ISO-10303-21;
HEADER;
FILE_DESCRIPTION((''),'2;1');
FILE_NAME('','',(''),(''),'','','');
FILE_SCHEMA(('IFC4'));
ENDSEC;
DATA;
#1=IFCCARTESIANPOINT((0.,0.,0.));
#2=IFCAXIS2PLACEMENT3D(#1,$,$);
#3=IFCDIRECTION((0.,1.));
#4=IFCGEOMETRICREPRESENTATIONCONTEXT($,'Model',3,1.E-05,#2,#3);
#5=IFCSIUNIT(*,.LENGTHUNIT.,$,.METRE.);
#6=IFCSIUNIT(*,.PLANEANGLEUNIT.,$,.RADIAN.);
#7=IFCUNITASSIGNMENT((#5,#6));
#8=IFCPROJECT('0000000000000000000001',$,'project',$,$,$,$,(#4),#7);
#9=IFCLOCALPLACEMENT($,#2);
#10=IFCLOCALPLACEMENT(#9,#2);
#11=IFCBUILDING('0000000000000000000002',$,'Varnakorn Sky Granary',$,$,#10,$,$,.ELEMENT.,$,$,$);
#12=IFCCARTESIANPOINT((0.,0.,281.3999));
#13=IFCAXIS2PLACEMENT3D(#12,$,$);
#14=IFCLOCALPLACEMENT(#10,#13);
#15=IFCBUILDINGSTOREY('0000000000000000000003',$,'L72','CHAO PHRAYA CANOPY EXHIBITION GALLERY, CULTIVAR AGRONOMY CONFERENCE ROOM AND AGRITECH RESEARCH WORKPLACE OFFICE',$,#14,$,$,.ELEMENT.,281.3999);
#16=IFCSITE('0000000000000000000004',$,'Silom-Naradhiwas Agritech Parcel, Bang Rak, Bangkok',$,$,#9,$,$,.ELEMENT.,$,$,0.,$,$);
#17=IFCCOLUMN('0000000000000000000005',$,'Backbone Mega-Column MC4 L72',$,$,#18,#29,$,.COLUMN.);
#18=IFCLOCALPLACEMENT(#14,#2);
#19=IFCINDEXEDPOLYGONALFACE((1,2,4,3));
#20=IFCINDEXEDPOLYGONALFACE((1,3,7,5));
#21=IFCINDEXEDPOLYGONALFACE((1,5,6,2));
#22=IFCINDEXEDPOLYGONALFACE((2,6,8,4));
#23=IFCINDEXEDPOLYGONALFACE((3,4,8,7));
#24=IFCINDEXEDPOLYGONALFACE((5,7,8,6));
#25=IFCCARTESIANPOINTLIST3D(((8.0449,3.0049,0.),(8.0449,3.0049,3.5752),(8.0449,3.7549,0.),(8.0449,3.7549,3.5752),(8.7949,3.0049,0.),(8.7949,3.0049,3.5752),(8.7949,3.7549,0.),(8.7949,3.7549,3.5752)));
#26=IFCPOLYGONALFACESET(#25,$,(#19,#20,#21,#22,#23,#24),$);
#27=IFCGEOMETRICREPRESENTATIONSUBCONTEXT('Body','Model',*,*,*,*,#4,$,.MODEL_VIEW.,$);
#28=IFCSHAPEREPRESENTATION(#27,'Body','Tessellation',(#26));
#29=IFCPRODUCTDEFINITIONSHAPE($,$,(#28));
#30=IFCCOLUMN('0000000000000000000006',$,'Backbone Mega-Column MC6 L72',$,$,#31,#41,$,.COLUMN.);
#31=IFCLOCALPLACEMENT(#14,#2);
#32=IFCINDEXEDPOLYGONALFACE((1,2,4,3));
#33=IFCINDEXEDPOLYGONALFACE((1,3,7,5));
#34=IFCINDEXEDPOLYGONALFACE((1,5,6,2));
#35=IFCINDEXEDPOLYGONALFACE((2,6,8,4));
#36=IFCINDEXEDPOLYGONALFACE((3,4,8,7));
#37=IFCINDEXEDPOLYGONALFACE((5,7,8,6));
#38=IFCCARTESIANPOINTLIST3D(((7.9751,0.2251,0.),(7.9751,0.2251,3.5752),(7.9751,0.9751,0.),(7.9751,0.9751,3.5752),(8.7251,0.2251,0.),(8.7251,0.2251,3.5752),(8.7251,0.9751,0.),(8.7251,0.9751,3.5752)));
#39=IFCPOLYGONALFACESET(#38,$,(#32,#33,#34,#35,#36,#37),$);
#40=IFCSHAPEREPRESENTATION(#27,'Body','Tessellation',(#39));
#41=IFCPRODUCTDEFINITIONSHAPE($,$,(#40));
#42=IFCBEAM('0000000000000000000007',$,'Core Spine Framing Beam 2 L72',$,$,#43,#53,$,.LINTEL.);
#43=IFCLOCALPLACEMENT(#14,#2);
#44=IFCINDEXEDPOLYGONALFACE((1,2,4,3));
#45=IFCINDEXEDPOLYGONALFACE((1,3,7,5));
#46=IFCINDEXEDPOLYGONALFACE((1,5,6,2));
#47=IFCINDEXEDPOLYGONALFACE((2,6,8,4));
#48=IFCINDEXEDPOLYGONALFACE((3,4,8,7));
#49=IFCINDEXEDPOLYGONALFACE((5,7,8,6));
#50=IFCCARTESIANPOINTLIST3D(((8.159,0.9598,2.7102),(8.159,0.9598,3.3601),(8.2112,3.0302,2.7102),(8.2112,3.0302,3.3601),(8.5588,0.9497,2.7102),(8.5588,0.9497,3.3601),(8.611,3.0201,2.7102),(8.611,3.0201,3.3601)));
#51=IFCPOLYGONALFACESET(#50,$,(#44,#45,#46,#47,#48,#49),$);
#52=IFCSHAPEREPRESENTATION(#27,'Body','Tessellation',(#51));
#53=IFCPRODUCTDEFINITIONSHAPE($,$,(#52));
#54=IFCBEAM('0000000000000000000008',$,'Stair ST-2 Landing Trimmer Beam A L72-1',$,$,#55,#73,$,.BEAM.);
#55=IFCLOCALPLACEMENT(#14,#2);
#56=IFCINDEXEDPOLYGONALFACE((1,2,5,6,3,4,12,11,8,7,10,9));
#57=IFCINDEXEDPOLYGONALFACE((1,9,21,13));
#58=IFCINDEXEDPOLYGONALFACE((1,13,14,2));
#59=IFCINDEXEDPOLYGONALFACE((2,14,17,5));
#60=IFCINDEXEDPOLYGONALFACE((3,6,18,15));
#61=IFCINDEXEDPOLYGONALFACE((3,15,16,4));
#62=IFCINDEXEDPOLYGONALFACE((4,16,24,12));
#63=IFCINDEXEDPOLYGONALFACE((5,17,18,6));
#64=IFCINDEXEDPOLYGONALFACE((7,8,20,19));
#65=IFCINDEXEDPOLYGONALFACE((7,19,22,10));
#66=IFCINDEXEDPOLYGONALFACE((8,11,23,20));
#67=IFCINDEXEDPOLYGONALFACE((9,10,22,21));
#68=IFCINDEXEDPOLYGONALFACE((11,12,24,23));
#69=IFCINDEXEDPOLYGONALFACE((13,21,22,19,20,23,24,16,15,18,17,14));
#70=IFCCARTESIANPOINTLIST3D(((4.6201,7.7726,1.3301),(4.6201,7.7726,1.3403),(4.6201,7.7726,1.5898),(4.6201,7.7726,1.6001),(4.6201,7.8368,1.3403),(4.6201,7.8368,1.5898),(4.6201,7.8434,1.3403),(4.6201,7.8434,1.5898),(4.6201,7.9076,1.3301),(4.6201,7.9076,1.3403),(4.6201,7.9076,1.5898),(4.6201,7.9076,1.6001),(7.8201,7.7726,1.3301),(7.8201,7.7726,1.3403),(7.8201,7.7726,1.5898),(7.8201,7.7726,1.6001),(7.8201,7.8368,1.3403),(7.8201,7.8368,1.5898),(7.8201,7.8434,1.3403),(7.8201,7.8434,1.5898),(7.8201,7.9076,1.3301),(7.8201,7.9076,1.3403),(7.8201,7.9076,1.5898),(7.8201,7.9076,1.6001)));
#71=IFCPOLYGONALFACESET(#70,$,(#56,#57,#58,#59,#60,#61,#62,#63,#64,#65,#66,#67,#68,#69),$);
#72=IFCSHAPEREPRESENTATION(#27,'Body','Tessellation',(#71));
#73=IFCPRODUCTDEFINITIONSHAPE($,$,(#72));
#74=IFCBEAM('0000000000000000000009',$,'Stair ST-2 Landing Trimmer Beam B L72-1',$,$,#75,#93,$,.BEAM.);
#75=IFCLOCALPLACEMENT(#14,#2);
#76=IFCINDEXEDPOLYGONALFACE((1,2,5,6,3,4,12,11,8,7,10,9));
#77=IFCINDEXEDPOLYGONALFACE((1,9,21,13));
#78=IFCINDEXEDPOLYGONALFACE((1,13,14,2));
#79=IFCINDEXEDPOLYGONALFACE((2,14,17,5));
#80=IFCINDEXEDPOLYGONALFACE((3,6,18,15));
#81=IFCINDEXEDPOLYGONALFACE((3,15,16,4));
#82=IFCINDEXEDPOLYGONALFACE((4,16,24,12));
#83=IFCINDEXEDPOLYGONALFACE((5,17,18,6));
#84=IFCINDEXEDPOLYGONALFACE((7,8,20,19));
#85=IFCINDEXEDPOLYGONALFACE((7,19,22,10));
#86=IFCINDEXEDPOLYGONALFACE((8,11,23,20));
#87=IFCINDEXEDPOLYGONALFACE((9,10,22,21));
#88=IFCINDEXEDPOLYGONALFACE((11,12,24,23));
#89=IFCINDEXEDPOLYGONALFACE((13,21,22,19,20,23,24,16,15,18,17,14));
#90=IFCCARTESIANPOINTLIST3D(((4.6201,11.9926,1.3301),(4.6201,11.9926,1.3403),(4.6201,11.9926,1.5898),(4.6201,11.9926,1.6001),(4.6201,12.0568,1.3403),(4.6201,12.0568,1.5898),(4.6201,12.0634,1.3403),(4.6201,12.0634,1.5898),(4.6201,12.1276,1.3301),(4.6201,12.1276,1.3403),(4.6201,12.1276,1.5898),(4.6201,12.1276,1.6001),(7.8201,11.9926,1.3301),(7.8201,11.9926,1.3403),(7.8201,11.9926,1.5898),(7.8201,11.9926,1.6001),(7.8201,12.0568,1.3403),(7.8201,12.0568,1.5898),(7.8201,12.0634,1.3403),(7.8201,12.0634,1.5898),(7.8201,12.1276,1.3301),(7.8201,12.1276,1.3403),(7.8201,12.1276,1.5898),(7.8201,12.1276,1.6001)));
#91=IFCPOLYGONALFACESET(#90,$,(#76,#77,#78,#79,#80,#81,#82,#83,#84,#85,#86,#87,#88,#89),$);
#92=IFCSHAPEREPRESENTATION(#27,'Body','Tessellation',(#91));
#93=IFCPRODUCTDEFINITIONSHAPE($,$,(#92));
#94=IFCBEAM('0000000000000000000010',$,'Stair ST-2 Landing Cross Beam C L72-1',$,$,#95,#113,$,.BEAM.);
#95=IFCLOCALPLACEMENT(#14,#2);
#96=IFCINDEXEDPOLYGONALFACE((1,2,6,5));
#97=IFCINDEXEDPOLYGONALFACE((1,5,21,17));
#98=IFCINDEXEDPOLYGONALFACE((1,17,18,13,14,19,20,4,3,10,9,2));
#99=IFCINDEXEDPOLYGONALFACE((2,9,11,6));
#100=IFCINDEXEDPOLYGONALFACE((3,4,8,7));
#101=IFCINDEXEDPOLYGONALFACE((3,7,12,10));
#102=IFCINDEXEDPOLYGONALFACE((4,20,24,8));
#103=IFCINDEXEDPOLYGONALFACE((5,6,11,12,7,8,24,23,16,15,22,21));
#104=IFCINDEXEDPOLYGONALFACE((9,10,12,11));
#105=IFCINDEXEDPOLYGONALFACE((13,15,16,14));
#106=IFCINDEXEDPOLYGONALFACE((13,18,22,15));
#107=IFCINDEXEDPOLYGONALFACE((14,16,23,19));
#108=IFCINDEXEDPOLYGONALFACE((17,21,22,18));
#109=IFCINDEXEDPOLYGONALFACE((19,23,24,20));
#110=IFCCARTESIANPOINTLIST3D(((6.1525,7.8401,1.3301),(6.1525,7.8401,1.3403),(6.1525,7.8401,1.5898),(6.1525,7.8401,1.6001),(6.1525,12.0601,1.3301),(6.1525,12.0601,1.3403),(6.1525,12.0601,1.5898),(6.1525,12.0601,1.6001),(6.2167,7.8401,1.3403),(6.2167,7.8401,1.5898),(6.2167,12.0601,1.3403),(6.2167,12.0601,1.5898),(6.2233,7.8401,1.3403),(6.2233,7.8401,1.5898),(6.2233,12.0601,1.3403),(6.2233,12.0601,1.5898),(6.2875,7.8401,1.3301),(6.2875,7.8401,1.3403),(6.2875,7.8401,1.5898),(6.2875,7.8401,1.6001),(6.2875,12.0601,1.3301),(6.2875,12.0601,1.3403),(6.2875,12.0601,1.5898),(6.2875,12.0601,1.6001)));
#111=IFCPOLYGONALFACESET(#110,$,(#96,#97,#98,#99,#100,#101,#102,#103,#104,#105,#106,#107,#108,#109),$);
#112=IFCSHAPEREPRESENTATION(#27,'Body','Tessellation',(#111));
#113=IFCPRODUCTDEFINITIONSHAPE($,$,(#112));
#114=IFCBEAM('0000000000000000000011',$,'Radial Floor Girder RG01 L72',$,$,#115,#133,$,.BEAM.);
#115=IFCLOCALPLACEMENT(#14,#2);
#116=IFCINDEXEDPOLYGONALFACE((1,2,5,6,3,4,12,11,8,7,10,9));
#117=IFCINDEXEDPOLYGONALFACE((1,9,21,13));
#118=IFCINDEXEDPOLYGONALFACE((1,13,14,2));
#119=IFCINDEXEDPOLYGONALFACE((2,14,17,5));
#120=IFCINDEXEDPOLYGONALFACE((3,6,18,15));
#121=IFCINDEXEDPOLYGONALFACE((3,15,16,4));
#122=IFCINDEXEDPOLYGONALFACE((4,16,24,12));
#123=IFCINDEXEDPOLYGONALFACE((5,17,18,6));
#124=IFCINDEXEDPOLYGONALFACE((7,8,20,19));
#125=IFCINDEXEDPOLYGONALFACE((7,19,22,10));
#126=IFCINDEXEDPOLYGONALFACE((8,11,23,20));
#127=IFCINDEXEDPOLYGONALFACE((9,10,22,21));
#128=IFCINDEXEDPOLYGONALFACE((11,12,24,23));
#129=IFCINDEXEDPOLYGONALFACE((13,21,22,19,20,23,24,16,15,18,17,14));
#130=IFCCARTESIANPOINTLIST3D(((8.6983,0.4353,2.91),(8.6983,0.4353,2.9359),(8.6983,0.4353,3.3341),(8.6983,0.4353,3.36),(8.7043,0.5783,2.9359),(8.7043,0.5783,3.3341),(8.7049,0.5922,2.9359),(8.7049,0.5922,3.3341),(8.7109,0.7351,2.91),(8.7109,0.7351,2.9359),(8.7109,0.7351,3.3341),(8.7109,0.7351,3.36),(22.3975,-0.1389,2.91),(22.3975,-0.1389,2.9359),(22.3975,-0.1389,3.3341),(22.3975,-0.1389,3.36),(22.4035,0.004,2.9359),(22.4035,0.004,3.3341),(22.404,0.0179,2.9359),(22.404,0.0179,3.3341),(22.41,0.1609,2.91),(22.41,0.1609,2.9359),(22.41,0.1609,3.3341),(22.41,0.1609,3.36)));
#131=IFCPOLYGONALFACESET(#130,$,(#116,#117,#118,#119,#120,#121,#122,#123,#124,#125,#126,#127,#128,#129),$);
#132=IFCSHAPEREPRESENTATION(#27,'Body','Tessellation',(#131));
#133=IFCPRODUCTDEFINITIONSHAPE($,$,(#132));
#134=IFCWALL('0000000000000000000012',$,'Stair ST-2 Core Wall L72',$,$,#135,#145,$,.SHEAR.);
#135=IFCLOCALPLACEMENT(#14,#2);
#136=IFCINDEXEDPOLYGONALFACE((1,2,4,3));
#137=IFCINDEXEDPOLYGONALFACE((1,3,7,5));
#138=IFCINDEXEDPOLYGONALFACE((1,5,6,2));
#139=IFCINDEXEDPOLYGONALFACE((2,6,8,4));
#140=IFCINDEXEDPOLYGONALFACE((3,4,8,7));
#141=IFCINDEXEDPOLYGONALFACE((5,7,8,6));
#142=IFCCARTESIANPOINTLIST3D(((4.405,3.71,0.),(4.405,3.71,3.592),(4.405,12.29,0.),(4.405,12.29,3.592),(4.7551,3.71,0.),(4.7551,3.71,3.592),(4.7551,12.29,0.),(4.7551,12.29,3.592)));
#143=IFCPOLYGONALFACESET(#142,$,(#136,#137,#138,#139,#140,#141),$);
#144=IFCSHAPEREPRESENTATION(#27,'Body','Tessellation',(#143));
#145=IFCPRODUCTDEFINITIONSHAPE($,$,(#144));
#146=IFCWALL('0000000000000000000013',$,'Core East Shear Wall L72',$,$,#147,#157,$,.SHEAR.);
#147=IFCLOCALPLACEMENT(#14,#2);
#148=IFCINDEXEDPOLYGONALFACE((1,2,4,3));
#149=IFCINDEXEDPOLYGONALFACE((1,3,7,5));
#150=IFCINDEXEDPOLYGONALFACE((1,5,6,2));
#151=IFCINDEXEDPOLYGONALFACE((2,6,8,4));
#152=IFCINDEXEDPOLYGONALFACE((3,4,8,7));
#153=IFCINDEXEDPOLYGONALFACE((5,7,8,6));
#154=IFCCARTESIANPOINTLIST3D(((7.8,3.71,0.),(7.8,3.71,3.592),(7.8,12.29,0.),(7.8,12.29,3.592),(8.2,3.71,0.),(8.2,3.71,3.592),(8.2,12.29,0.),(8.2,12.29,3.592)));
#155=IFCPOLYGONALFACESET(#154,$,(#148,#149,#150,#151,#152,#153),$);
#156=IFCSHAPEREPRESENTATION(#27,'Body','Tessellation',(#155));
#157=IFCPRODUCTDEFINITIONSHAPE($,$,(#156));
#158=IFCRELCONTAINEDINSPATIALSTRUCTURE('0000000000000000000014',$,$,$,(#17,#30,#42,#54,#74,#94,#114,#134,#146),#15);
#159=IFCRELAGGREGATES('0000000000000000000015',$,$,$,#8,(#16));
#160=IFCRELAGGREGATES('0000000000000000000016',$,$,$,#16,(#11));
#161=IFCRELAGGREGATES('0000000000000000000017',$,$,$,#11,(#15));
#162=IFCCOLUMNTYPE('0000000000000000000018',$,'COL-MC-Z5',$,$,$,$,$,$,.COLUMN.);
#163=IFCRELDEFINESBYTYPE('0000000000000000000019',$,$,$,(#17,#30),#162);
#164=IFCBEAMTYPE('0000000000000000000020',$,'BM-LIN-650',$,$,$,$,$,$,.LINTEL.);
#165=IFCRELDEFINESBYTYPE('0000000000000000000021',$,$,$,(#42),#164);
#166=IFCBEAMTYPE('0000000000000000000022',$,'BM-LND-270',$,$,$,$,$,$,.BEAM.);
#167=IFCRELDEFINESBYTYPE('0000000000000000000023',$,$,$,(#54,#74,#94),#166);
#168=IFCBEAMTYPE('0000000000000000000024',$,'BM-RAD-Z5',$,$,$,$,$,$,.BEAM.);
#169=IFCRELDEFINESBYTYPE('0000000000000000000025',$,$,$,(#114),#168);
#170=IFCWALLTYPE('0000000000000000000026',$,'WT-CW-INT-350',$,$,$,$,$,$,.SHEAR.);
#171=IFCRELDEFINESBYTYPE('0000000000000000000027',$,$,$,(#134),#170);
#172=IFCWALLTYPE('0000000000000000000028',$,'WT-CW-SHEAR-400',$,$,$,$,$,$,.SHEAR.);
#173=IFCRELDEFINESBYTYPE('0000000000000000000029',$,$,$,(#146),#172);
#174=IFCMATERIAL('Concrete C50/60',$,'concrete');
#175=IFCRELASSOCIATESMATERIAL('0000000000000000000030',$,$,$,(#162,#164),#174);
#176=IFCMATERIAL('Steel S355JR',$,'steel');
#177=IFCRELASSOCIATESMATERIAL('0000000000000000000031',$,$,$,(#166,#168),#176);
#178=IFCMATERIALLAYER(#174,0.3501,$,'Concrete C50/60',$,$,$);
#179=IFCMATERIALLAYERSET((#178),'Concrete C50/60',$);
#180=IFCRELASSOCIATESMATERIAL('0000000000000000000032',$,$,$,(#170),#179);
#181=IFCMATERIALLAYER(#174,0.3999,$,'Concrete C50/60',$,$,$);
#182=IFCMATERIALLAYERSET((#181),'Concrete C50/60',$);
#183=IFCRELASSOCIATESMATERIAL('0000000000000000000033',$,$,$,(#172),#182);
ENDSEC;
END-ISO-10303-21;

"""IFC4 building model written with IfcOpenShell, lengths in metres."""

from ifc_helpers import new_model, si_unit, direction, frame, frame_2d, origin, origin_2d, place, context, subcontext, project, spatial, rectangle, i_section, extrude, material, layer, layer_set, material_profile, profile_set, type_object, element, save


model = new_model("IFC4")

# Units and contexts
model_context = context("Model", 3, precision=1e-05, world=origin(), true_north=direction((0.0, 1.0)))
body_context = subcontext(model_context, "Body", "Model", "MODEL_VIEW")
ifc_project = project(units=[si_unit("LENGTHUNIT", "METRE"), si_unit("PLANEANGLEUNIT", "RADIAN")], contexts=[model_context])

# Site, building, storey
site_placement = place(None, origin())
site = spatial("IfcSite", under=ifc_project, at=site_placement, Name="Silom-Naradhiwas Agritech Parcel, Bang Rak, Bangkok", CompositionType="ELEMENT", RefElevation=0.0)
building_placement = place(site_placement, origin())
building = spatial("IfcBuilding", under=site, at=building_placement, Name="Varnakorn Sky Granary", CompositionType="ELEMENT")
storey_placement = place(building_placement, frame((0.0, 0.0, 281.3999)))
storey = spatial("IfcBuildingStorey", under=building, at=storey_placement, Name="L72", Description="CHAO PHRAYA CANOPY EXHIBITION GALLERY, CULTIVAR AGRONOMY CONFERENCE ROOM AND AGRITECH RESEARCH WORKPLACE OFFICE", CompositionType="ELEMENT", Elevation=281.3999)

# Columns
ifc_material_1 = material(Name="Concrete C50/60", Category="concrete")
ifc_material_profile_1 = material_profile(ifc_material_1, rectangle(XDim=0.75, YDim=0.75, at=origin_2d()), Name="RC 750x750")
ifc_profile_set_1 = profile_set([ifc_material_profile_1], Name="Concrete C50/60")
column_type = type_object("IfcColumnType", Name="COL-MC-Z5", PredefinedType="COLUMN", material=ifc_profile_set_1)
for number, where, z_axis, x_axis, name in (
    (1, (8.4199, 3.3799, 0.0), (0.0, 0.0, 1.0), (1.0, 0.0, 0.0), "Backbone Mega-Column MC4 L72"),
    (2, (8.3501, 0.6001, 0.0), (0.0, 0.0, 1.0), (1.0, 0.0, 0.0), "Backbone Mega-Column MC6 L72"),
):
    element("IfcColumn", number, at=place(storey_placement, frame(where, z_axis=z_axis, x_axis=x_axis)), inside=storey, type_object=column_type, Name=name, PredefinedType="COLUMN", context=body_context, shape_type="SweptSolid", body=[
        extrude(rectangle(XDim=0.75, YDim=0.75, at=origin_2d()), origin(), (0.0, 0.0, 1.0), 3.5752),
    ])

# Beams
ifc_material_profile_2 = material_profile(ifc_material_1, rectangle(XDim=0.3999, YDim=0.6499, at=origin_2d()), Name="RC 400x650")
ifc_profile_set_2 = profile_set([ifc_material_profile_2], Name="Concrete C50/60")
beam_type_1 = type_object("IfcBeamType", Name="BM-LIN-650", PredefinedType="LINTEL", material=ifc_profile_set_2)
beam_1_placement = place(storey_placement, frame((8.4111, 3.0251, 3.0352), z_axis=(-0.025228, -0.999682, 0.0), x_axis=(0.999682, -0.025228, 0.0)))
element("IfcBeam", 3, at=beam_1_placement, inside=storey, type_object=beam_type_1, Name="Core Spine Framing Beam 2 L72", PredefinedType="LINTEL", context=body_context, shape_type="SweptSolid", body=[
    extrude(rectangle(XDim=0.3999, YDim=0.6499, at=origin_2d()), origin(), (0.0, 0.0, 1.0), 2.071),
])
ifc_material_2 = material(Name="Steel S355JR", Category="steel")
ifc_material_profile_3 = material_profile(ifc_material_2, i_section(OverallWidth=0.135, OverallDepth=0.27, WebThickness=0.0066, FlangeThickness=0.0103, at=origin_2d()), Name="IPE 270")
ifc_profile_set_3 = profile_set([ifc_material_profile_3], Name="Steel S355JR")
beam_type_2 = type_object("IfcBeamType", Name="BM-LND-270", PredefinedType="BEAM", material=ifc_profile_set_3)
for number, where, z_axis, x_axis, name in (
    (4, (4.6201, 7.8401, 1.4651), (1.0, 0.0, 0.0), (0.0, 1.0, 0.0), "Stair ST-2 Landing Trimmer Beam A L72-1"),
    (5, (4.6201, 12.0601, 1.4651), (1.0, 0.0, 0.0), (0.0, 1.0, 0.0), "Stair ST-2 Landing Trimmer Beam B L72-1"),
):
    element("IfcBeam", number, at=place(storey_placement, frame(where, z_axis=z_axis, x_axis=x_axis)), inside=storey, type_object=beam_type_2, Name=name, PredefinedType="BEAM", context=body_context, shape_type="SweptSolid", body=[
        extrude(i_section(OverallWidth=0.135, OverallDepth=0.27, WebThickness=0.0066, FlangeThickness=0.0103, at=origin_2d()), origin(), (0.0, 0.0, 1.0), 3.2),
    ])
beam_2_placement = place(storey_placement, frame((6.22, 7.8401, 1.4651), z_axis=(0.0, 1.0, 0.0), x_axis=(-1.0, 0.0, 0.0)))
element("IfcBeam", 6, at=beam_2_placement, inside=storey, type_object=beam_type_2, Name="Stair ST-2 Landing Cross Beam C L72-1", PredefinedType="BEAM", context=body_context, shape_type="SweptSolid", body=[
    extrude(i_section(OverallWidth=0.135, OverallDepth=0.27, WebThickness=0.0066, FlangeThickness=0.0103, at=origin_2d()), origin(), (0.0, 0.0, 1.0), 4.22),
])
ifc_material_profile_4 = material_profile(ifc_material_2, i_section(OverallWidth=0.3, OverallDepth=0.45, WebThickness=0.0139, FlangeThickness=0.0259, at=origin_2d()), Name="HE 450 B")
ifc_profile_set_4 = profile_set([ifc_material_profile_4], Name="Steel S355JR")
beam_type_3 = type_object("IfcBeamType", Name="BM-RAD-Z5", PredefinedType="BEAM", material=ifc_profile_set_4)
beam_3_placement = place(storey_placement, frame((8.7046, 0.5852, 3.135), z_axis=(0.999123, -0.041879, 0.0), x_axis=(0.041879, 0.999123, 0.0)))
element("IfcBeam", 7, at=beam_3_placement, inside=storey, type_object=beam_type_3, Name="Radial Floor Girder RG01 L72", PredefinedType="BEAM", context=body_context, shape_type="SweptSolid", body=[
    extrude(i_section(OverallWidth=0.3, OverallDepth=0.45, WebThickness=0.0139, FlangeThickness=0.0259, at=origin_2d()), origin(), (0.0, 0.0, 1.0), 13.7112),
])

# Walls
ifc_layer_1 = layer(ifc_material_1, 0.3501, Name="Concrete C50/60")
ifc_layer_set_1 = layer_set([ifc_layer_1], Name="Concrete C50/60")
wall_type_1 = type_object("IfcWallType", Name="WT-CW-INT-350", PredefinedType="SHEAR", material=ifc_layer_set_1)
wall_1_placement = place(storey_placement, frame((4.5801, 3.71, 0.0), z_axis=(0.0, 0.0, 1.0), x_axis=(0.0, 1.0, 0.0)))
element("IfcWall", 8, at=wall_1_placement, inside=storey, type_object=wall_type_1, Name="Stair ST-2 Core Wall L72", PredefinedType="SHEAR", context=body_context, shape_type="SweptSolid", body=[
    extrude(rectangle(XDim=8.5801, YDim=0.3501, at=frame_2d((4.29, 0.0))), origin(), (0.0, 0.0, 1.0), 3.592),
])
ifc_layer_2 = layer(ifc_material_1, 0.3999, Name="Concrete C50/60")
ifc_layer_set_2 = layer_set([ifc_layer_2], Name="Concrete C50/60")
wall_type_2 = type_object("IfcWallType", Name="WT-CW-SHEAR-400", PredefinedType="SHEAR", material=ifc_layer_set_2)
wall_2_placement = place(storey_placement, frame((8.0, 3.71, 0.0), z_axis=(0.0, 0.0, 1.0), x_axis=(0.0, 1.0, 0.0)))
element("IfcWall", 9, at=wall_2_placement, inside=storey, type_object=wall_type_2, Name="Core East Shear Wall L72", PredefinedType="SHEAR", context=body_context, shape_type="SweptSolid", body=[
    extrude(rectangle(XDim=8.5801, YDim=0.3999, at=frame_2d((4.29, 0.0))), origin(), (0.0, 0.0, 1.0), 3.592),
])

save(model, "model.ifc")
